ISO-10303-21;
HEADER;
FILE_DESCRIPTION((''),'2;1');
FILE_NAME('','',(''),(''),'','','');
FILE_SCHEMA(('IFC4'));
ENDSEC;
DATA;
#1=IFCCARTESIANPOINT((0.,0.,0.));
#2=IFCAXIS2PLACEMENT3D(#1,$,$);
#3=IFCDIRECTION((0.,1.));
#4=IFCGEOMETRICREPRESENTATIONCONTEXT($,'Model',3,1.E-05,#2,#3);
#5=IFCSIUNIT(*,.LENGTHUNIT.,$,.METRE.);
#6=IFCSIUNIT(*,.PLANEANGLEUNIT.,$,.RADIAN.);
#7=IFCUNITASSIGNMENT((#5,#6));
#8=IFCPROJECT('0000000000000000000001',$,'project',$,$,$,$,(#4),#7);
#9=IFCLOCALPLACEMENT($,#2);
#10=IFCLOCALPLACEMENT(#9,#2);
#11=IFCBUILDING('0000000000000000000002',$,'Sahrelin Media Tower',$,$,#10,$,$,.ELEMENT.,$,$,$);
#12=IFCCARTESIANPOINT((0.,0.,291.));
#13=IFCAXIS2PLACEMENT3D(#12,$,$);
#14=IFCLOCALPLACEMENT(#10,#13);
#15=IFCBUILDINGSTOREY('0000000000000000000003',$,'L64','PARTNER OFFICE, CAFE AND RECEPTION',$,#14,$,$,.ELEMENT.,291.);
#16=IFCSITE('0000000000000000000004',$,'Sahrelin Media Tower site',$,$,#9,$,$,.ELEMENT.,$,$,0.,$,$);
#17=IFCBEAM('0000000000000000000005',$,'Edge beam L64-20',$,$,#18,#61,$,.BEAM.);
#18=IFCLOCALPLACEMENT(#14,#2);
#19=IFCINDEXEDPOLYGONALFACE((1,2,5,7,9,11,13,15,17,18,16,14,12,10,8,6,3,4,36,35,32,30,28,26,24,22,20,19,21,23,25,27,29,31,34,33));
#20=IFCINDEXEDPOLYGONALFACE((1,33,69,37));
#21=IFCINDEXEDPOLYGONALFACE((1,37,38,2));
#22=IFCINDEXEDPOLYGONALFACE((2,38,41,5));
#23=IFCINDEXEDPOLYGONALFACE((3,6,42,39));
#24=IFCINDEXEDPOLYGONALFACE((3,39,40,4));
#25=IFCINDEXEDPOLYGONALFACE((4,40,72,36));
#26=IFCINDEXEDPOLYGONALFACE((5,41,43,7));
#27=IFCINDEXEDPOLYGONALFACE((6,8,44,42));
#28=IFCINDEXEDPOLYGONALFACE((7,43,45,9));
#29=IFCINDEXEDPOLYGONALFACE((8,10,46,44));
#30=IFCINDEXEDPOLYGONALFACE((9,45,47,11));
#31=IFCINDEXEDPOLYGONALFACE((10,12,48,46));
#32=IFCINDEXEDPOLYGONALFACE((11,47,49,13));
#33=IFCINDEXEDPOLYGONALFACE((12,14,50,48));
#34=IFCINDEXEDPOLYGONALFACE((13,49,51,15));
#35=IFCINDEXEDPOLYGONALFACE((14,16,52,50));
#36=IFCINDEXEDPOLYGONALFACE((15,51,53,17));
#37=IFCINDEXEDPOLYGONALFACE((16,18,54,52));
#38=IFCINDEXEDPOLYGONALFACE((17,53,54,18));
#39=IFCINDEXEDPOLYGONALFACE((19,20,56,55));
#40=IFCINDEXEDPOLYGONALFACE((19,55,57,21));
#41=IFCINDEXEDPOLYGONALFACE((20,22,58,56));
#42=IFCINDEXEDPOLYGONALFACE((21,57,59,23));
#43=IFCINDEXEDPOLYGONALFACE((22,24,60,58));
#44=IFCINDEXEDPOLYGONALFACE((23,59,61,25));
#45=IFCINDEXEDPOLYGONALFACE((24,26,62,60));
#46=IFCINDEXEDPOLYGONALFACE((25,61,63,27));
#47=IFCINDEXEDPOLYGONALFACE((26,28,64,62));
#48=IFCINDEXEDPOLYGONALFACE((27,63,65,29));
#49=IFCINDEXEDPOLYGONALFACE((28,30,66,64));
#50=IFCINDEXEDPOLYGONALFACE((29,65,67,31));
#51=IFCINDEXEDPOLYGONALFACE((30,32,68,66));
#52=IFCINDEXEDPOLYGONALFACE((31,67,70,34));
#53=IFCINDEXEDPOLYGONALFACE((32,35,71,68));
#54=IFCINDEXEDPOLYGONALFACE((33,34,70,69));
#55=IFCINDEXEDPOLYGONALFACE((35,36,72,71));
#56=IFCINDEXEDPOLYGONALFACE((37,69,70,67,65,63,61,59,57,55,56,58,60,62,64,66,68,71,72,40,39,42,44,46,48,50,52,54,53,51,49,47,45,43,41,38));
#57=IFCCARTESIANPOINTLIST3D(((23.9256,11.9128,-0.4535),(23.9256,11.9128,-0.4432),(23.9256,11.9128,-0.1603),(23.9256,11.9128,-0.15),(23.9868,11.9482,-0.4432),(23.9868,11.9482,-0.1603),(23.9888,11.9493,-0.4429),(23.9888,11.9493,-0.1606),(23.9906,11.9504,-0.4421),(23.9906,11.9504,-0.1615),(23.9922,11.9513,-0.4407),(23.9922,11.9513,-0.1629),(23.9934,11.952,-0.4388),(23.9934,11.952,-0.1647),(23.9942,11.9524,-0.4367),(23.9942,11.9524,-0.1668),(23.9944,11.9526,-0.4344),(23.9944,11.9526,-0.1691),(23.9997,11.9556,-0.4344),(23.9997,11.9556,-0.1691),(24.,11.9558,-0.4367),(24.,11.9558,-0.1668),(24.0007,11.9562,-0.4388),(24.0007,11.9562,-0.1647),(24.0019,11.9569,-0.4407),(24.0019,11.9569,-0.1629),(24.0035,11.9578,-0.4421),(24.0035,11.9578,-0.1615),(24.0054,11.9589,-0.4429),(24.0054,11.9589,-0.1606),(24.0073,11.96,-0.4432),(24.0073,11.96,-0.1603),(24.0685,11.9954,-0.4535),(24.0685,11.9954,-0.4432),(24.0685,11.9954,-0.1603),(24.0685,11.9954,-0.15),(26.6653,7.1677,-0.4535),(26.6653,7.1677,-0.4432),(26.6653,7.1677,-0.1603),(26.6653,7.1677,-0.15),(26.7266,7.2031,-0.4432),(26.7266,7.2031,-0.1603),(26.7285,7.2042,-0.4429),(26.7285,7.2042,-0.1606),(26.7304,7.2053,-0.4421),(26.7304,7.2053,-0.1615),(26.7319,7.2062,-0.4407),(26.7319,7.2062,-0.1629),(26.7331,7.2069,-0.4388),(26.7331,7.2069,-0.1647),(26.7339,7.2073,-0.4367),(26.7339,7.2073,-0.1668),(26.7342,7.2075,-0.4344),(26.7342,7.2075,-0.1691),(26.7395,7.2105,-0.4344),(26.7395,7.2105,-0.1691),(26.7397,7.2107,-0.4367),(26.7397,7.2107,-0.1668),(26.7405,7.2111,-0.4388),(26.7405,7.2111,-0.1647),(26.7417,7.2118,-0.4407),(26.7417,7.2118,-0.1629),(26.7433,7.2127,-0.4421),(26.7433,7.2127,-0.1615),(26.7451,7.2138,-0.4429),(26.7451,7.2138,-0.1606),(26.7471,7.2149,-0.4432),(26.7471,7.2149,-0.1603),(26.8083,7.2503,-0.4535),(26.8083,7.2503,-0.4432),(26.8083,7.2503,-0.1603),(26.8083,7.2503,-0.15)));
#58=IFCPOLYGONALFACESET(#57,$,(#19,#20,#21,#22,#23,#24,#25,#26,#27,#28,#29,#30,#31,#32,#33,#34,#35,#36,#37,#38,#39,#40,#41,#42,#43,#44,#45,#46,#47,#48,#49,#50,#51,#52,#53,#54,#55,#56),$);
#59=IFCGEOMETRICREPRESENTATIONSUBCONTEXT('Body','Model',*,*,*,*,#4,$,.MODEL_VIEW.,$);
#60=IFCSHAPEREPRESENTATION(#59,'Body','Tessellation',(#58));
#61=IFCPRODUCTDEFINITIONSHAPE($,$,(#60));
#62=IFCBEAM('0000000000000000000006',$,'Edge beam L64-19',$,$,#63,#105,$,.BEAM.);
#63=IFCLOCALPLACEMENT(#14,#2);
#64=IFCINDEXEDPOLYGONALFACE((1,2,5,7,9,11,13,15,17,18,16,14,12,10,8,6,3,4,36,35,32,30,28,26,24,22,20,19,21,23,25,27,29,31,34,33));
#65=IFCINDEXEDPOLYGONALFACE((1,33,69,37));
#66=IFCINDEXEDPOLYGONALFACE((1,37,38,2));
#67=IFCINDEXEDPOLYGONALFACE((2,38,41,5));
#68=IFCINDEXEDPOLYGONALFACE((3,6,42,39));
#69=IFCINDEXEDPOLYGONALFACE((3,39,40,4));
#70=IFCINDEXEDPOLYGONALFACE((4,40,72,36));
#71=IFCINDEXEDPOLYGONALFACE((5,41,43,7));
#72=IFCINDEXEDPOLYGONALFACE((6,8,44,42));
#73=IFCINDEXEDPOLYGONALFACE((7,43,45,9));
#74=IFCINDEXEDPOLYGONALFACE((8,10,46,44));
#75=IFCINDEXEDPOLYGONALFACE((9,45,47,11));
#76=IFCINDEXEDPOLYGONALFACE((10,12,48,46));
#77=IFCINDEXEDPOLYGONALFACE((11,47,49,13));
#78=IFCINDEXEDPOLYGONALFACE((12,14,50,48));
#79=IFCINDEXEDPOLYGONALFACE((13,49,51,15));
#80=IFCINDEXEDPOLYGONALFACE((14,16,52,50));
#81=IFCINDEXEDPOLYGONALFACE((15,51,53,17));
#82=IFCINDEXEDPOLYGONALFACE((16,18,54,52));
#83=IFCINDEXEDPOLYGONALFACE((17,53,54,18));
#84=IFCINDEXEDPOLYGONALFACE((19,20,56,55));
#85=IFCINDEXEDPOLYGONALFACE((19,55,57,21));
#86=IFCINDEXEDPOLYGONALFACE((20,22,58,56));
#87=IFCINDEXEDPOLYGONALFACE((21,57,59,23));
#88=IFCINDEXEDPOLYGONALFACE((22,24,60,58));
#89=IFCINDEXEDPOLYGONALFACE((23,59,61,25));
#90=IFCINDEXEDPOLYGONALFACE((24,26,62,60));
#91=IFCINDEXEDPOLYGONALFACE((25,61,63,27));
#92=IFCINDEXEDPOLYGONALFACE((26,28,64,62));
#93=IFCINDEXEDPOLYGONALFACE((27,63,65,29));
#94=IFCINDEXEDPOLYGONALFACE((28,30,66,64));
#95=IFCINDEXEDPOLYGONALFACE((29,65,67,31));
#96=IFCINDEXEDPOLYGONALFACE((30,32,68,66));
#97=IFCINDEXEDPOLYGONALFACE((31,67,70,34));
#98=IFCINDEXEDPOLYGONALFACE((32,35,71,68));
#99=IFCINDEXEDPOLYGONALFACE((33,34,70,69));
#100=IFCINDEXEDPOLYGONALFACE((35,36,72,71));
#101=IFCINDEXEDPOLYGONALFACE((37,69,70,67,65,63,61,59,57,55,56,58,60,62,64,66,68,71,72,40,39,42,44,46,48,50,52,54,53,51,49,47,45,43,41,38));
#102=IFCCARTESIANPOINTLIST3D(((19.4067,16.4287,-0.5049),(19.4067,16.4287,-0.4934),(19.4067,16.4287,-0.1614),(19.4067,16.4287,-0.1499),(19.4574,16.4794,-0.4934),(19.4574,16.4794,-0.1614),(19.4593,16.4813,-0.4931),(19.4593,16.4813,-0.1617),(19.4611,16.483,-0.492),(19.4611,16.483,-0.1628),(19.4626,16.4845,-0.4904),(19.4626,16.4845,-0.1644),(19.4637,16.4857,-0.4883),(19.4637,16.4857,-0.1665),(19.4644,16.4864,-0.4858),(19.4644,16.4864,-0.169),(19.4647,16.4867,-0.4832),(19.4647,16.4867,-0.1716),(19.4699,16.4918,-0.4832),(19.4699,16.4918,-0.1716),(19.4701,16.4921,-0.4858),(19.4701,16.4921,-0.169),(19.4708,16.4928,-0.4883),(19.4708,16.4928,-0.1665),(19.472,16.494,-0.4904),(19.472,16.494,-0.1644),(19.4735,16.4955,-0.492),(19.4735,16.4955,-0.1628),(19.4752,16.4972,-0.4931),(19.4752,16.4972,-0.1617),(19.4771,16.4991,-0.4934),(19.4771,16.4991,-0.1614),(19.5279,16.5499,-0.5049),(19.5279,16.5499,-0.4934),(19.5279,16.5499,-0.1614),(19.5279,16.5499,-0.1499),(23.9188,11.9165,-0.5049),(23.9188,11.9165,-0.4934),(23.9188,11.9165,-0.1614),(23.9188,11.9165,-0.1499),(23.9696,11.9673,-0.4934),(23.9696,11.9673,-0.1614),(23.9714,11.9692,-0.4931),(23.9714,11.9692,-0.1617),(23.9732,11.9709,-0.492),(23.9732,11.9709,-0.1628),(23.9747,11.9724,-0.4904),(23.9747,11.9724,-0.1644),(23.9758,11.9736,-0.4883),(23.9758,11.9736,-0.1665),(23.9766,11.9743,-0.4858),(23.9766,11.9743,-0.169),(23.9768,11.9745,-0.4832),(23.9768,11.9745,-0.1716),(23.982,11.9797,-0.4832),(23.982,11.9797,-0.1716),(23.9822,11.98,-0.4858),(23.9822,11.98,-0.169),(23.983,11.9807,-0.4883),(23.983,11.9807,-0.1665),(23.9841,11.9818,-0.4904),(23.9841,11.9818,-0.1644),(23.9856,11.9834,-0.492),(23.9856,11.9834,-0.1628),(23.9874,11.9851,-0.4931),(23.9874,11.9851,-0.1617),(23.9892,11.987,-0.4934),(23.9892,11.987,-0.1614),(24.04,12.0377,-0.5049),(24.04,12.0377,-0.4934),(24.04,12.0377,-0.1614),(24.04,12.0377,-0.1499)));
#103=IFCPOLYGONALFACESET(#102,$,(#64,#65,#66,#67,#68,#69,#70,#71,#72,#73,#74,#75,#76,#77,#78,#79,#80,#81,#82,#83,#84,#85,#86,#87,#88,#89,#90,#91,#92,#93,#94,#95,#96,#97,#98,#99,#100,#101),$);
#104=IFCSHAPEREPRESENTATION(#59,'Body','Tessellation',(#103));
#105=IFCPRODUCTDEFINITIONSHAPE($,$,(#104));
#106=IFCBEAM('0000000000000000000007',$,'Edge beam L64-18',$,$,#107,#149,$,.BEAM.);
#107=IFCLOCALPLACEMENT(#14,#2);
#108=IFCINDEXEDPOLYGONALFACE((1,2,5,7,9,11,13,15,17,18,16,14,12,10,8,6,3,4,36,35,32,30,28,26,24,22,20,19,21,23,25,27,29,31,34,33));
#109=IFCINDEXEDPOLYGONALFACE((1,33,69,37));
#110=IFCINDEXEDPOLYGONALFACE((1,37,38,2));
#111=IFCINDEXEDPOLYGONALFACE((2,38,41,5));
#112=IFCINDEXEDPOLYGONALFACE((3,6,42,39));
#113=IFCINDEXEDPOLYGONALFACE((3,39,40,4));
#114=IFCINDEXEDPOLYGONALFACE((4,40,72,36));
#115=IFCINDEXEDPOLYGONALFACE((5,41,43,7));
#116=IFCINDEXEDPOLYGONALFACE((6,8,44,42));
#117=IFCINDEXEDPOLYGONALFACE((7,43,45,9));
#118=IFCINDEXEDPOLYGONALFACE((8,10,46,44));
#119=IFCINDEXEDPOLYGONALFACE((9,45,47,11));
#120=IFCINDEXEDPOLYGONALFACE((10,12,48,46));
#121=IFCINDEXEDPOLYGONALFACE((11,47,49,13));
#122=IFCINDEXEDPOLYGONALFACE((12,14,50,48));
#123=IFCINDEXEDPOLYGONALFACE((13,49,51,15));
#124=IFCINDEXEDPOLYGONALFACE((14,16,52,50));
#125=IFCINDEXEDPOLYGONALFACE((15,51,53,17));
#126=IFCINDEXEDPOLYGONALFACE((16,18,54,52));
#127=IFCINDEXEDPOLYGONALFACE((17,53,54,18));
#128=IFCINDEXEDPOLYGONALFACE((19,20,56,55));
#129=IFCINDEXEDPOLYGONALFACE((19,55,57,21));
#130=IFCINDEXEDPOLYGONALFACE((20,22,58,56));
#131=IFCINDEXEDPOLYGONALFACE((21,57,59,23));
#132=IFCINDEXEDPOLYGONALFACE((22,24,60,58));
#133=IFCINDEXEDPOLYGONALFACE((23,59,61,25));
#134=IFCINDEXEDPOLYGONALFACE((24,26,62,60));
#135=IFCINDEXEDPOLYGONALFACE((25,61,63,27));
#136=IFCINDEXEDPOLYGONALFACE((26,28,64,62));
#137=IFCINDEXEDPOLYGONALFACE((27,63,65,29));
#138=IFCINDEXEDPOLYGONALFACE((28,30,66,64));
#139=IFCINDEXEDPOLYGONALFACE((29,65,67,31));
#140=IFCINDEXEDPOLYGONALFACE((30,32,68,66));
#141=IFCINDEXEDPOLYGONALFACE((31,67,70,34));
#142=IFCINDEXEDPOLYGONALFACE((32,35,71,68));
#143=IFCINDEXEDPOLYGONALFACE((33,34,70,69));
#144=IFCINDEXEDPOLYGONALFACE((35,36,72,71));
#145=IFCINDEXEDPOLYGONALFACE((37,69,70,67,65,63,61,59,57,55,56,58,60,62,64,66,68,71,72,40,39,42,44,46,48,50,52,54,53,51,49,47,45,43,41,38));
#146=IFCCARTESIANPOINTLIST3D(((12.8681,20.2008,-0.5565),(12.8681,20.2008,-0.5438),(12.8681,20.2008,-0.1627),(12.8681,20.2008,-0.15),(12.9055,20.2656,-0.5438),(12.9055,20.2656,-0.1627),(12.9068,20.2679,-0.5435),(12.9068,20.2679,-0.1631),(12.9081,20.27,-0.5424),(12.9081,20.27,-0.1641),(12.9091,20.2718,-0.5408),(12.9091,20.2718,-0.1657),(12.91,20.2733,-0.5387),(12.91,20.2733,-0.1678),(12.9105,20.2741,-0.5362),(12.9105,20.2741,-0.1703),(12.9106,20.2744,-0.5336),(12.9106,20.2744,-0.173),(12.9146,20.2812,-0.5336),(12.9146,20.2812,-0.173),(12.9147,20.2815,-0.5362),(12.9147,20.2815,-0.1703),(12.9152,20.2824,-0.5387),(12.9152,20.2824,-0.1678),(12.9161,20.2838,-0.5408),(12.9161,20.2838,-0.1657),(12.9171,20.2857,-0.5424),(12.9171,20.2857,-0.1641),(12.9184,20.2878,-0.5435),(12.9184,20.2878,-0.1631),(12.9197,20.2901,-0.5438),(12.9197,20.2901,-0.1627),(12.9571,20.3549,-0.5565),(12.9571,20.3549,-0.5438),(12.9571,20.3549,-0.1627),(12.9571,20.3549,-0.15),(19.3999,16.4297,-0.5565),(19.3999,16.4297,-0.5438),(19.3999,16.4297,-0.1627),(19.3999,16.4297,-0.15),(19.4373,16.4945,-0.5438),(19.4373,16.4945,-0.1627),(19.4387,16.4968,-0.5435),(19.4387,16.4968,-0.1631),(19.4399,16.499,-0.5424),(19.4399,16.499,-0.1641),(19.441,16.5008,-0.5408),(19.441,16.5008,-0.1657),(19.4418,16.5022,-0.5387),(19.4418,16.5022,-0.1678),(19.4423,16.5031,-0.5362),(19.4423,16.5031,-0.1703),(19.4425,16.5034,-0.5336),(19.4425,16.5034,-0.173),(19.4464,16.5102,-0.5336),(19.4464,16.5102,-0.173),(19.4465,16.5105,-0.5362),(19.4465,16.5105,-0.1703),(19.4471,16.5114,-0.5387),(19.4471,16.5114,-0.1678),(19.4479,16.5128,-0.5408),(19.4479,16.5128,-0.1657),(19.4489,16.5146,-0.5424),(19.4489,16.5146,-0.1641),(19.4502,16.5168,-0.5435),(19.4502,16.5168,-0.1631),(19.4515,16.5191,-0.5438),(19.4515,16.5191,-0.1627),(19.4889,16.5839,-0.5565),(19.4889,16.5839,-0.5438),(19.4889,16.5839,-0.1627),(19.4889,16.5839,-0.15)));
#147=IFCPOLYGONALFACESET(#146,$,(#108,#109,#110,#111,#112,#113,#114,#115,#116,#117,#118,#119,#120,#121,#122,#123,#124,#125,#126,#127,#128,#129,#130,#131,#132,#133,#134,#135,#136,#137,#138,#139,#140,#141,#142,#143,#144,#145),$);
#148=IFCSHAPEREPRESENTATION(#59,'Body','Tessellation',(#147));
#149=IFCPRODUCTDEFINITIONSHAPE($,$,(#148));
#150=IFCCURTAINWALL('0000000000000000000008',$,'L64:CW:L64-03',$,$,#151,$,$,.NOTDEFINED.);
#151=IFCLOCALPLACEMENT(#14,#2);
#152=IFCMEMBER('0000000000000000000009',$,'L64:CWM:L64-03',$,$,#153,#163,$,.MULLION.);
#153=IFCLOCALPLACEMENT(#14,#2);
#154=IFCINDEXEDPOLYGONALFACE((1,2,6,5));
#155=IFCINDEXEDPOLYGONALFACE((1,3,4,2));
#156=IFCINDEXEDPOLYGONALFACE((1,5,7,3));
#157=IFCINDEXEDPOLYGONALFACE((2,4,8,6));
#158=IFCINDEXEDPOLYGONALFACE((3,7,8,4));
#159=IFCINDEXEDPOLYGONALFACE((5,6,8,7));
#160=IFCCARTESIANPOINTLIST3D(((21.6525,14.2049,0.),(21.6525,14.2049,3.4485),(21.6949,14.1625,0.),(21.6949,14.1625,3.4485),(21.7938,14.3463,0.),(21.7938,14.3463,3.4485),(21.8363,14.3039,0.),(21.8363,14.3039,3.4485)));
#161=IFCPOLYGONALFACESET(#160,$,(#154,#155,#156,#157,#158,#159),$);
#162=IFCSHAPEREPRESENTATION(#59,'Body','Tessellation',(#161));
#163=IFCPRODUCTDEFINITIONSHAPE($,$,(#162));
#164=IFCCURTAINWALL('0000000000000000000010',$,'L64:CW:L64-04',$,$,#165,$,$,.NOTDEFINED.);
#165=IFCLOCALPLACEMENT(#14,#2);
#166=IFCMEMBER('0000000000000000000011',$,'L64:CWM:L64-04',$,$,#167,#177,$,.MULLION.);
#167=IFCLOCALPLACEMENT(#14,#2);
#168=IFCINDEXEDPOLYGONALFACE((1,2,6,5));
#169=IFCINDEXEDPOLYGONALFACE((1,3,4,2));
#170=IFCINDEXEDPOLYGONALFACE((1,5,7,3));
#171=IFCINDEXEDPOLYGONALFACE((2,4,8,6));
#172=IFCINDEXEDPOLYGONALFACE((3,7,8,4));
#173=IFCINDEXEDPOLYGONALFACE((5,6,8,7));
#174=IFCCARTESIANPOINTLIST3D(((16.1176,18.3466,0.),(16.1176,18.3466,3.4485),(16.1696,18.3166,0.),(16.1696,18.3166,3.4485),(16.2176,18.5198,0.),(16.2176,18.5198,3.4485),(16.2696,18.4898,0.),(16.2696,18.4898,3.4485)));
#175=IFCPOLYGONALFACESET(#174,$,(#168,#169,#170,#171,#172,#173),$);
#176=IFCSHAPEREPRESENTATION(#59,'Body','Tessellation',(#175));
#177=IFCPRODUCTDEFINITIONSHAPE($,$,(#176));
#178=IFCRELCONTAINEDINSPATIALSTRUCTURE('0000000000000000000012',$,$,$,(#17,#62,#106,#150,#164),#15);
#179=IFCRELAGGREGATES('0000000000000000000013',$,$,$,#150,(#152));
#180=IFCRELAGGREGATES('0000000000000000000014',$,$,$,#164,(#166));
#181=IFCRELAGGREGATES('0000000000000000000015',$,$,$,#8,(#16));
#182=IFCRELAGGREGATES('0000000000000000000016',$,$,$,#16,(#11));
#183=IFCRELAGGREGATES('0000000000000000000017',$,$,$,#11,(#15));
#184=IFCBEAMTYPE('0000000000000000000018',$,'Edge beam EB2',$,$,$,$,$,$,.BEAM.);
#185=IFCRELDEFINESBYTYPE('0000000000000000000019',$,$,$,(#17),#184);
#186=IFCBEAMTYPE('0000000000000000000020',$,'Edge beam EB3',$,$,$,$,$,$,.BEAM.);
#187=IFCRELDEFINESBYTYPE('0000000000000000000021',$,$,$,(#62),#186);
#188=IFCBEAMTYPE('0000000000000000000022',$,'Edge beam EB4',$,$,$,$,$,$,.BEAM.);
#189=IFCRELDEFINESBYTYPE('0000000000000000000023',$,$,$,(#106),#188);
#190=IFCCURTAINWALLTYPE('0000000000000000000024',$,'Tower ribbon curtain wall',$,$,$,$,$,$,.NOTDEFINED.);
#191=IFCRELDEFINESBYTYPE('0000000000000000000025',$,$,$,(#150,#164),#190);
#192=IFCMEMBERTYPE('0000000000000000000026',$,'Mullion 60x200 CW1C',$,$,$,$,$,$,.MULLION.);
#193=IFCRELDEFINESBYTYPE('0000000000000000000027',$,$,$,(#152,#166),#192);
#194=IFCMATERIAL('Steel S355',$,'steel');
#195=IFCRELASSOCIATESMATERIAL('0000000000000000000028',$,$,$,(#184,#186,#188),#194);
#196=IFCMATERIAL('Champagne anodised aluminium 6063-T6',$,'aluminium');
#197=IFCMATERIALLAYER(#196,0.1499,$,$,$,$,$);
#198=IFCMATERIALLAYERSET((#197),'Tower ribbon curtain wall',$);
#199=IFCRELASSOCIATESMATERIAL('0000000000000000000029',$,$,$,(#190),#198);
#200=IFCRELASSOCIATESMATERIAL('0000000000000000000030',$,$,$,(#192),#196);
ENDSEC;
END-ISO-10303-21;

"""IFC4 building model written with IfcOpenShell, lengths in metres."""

from ifc_helpers import new_model, si_unit, direction, frame, origin, origin_2d, place, context, subcontext, project, spatial, rectangle, i_section, extrude, material, layer, layer_set, material_profile, profile_set, type_object, element, aggregate, save


model = new_model("IFC4")

# Units and contexts
model_context = context("Model", 3, precision=1e-05, world=origin(), true_north=direction((0.0, 1.0)))
body_context = subcontext(model_context, "Body", "Model", "MODEL_VIEW")
ifc_project = project(units=[si_unit("LENGTHUNIT", "METRE"), si_unit("PLANEANGLEUNIT", "RADIAN")], contexts=[model_context])

# Site, building, storey
site_placement = place(None, origin())
site = spatial("IfcSite", under=ifc_project, at=site_placement, Name="Sahrelin Media Tower site", CompositionType="ELEMENT", RefElevation=0.0)
building_placement = place(site_placement, origin())
building = spatial("IfcBuilding", under=site, at=building_placement, Name="Sahrelin Media Tower", CompositionType="ELEMENT")
storey_placement = place(building_placement, frame((0.0, 0.0, 291.0)))
storey = spatial("IfcBuildingStorey", under=building, at=storey_placement, Name="L64", Description="PARTNER OFFICE, CAFE AND RECEPTION", CompositionType="ELEMENT", Elevation=291.0)

# Beams
ifc_material_1 = material(Name="Steel S355", Category="steel")
ifc_material_profile_1 = material_profile(ifc_material_1, i_section(OverallWidth=0.165, OverallDepth=0.3035, WebThickness=0.0061, FlangeThickness=0.0103, FilletRadius=0.0088, at=origin_2d()), Name="UB 305x165x40")
ifc_profile_set_1 = profile_set([ifc_material_profile_1], Name="Steel S355")
beam_type_1 = type_object("IfcBeamType", Name="Edge beam EB2", PredefinedType="BEAM", material=ifc_profile_set_1)
beam_1_placement = place(storey_placement, frame((23.9971, 11.9541, -0.3018), z_axis=(0.500021, -0.866013, 0.0), x_axis=(0.866013, 0.500021, 0.0)))
element("IfcBeam", 1, at=beam_1_placement, inside=storey, type_object=beam_type_1, Name="Edge beam L64-20", PredefinedType="BEAM", context=body_context, shape_type="SweptSolid", body=[
    extrude(i_section(OverallWidth=0.165, OverallDepth=0.3035, WebThickness=0.0061, FlangeThickness=0.0103, FilletRadius=0.0088, at=origin_2d()), origin(), (0.0, 0.0, 1.0), 5.4792),
])
ifc_material_profile_2 = material_profile(ifc_material_1, i_section(OverallWidth=0.1714, OverallDepth=0.355, WebThickness=0.0073, FlangeThickness=0.0115, FilletRadius=0.0103, at=origin_2d()), Name="UB 356x171x51")
ifc_profile_set_2 = profile_set([ifc_material_profile_2], Name="Steel S355")
beam_type_2 = type_object("IfcBeamType", Name="Edge beam EB3", PredefinedType="BEAM", material=ifc_profile_set_2)
beam_2_placement = place(storey_placement, frame((19.4673, 16.4893, -0.3274), z_axis=(0.707107, -0.707107, 0.0), x_axis=(0.707107, 0.707107, 0.0)))
element("IfcBeam", 2, at=beam_2_placement, inside=storey, type_object=beam_type_2, Name="Edge beam L64-19", PredefinedType="BEAM", context=body_context, shape_type="SweptSolid", body=[
    extrude(i_section(OverallWidth=0.1714, OverallDepth=0.355, WebThickness=0.0073, FlangeThickness=0.0115, FilletRadius=0.0103, at=origin_2d()), origin(), (0.0, 0.0, 1.0), 6.3811),
])
ifc_material_profile_3 = material_profile(ifc_material_1, i_section(OverallWidth=0.178, OverallDepth=0.4065, WebThickness=0.0078, FlangeThickness=0.0127, FilletRadius=0.0103, at=origin_2d()), Name="UB 406x178x60")
ifc_profile_set_3 = profile_set([ifc_material_profile_3], Name="Steel S355")
beam_type_3 = type_object("IfcBeamType", Name="Edge beam EB4", PredefinedType="BEAM", material=ifc_profile_set_3)
beam_3_placement = place(storey_placement, frame((12.9126, 20.2778, -0.3533), z_axis=(0.866031, -0.49999, 0.0), x_axis=(0.49999, 0.866031, 0.0)))
element("IfcBeam", 3, at=beam_3_placement, inside=storey, type_object=beam_type_3, Name="Edge beam L64-18", PredefinedType="BEAM", context=body_context, shape_type="SweptSolid", body=[
    extrude(i_section(OverallWidth=0.178, OverallDepth=0.4065, WebThickness=0.0078, FlangeThickness=0.0127, FilletRadius=0.0103, at=origin_2d()), origin(), (0.0, 0.0, 1.0), 7.5422),
])

# Curtain walls, members
ifc_material_2 = material(Name="Champagne anodised aluminium 6063-T6", Category="aluminium")
ifc_layer_1 = layer(ifc_material_2, 0.1499)
ifc_layer_set_1 = layer_set([ifc_layer_1], Name="Tower ribbon curtain wall")
curtain_wall_type = type_object("IfcCurtainWallType", Name="Tower ribbon curtain wall", PredefinedType="NOTDEFINED", material=ifc_layer_set_1)
curtain_wall_1_placement = place(storey_placement, frame((21.8293, 14.3391, 0.0), z_axis=(0.0, 0.0, 1.0), x_axis=(1.0, 0.0, 0.0)))
curtain_wall_1 = element("IfcCurtainWall", 4, at=curtain_wall_1_placement, inside=storey, type_object=curtain_wall_type, Name="L64:CW:L64-03", PredefinedType="NOTDEFINED")
ifc_material_profile_4 = material_profile(ifc_material_2, rectangle(XDim=0.0601, YDim=0.2, at=origin_2d()), Name="Mullion 60x200")
ifc_profile_set_4 = profile_set([ifc_material_profile_4], Name="Champagne anodised aluminium 6063-T6")
member_type_1 = type_object("IfcMemberType", Name="Mullion 60x200 CW1C", PredefinedType="MULLION", material=ifc_profile_set_4)
member_1_placement = place(storey_placement, frame((21.7444, 14.2544, 0.0), z_axis=(0.0, 0.0, 1.0), x_axis=(-0.707107, 0.707107, 0.0)))
member_1 = element("IfcMember", 5, at=member_1_placement, type_object=member_type_1, Name="L64:CWM:L64-03", PredefinedType="MULLION", context=body_context, shape_type="SweptSolid", body=[
    extrude(rectangle(XDim=0.0601, YDim=0.2, at=origin_2d()), origin(), (0.0, 0.0, 1.0), 3.4485),
])
curtain_wall_2_placement = place(storey_placement, frame((16.2534, 18.5222, 0.0), z_axis=(0.0, 0.0, 1.0), x_axis=(1.0, 0.0, 0.0)))
curtain_wall_2 = element("IfcCurtainWall", 6, at=curtain_wall_2_placement, inside=storey, type_object=curtain_wall_type, Name="L64:CW:L64-04", PredefinedType="NOTDEFINED")
member_2_placement = place(storey_placement, frame((16.1936, 18.4182, 0.0), z_axis=(0.0, 0.0, 1.0), x_axis=(-0.866026, 0.499998, 0.0)))
member_2 = element("IfcMember", 7, at=member_2_placement, type_object=member_type_1, Name="L64:CWM:L64-04", PredefinedType="MULLION", context=body_context, shape_type="SweptSolid", body=[
    extrude(rectangle(XDim=0.0601, YDim=0.2, at=origin_2d()), origin(), (0.0, 0.0, 1.0), 3.4485),
])

aggregate(curtain_wall_1, [member_1])
aggregate(curtain_wall_2, [member_2])

save(model, "model.ifc")
